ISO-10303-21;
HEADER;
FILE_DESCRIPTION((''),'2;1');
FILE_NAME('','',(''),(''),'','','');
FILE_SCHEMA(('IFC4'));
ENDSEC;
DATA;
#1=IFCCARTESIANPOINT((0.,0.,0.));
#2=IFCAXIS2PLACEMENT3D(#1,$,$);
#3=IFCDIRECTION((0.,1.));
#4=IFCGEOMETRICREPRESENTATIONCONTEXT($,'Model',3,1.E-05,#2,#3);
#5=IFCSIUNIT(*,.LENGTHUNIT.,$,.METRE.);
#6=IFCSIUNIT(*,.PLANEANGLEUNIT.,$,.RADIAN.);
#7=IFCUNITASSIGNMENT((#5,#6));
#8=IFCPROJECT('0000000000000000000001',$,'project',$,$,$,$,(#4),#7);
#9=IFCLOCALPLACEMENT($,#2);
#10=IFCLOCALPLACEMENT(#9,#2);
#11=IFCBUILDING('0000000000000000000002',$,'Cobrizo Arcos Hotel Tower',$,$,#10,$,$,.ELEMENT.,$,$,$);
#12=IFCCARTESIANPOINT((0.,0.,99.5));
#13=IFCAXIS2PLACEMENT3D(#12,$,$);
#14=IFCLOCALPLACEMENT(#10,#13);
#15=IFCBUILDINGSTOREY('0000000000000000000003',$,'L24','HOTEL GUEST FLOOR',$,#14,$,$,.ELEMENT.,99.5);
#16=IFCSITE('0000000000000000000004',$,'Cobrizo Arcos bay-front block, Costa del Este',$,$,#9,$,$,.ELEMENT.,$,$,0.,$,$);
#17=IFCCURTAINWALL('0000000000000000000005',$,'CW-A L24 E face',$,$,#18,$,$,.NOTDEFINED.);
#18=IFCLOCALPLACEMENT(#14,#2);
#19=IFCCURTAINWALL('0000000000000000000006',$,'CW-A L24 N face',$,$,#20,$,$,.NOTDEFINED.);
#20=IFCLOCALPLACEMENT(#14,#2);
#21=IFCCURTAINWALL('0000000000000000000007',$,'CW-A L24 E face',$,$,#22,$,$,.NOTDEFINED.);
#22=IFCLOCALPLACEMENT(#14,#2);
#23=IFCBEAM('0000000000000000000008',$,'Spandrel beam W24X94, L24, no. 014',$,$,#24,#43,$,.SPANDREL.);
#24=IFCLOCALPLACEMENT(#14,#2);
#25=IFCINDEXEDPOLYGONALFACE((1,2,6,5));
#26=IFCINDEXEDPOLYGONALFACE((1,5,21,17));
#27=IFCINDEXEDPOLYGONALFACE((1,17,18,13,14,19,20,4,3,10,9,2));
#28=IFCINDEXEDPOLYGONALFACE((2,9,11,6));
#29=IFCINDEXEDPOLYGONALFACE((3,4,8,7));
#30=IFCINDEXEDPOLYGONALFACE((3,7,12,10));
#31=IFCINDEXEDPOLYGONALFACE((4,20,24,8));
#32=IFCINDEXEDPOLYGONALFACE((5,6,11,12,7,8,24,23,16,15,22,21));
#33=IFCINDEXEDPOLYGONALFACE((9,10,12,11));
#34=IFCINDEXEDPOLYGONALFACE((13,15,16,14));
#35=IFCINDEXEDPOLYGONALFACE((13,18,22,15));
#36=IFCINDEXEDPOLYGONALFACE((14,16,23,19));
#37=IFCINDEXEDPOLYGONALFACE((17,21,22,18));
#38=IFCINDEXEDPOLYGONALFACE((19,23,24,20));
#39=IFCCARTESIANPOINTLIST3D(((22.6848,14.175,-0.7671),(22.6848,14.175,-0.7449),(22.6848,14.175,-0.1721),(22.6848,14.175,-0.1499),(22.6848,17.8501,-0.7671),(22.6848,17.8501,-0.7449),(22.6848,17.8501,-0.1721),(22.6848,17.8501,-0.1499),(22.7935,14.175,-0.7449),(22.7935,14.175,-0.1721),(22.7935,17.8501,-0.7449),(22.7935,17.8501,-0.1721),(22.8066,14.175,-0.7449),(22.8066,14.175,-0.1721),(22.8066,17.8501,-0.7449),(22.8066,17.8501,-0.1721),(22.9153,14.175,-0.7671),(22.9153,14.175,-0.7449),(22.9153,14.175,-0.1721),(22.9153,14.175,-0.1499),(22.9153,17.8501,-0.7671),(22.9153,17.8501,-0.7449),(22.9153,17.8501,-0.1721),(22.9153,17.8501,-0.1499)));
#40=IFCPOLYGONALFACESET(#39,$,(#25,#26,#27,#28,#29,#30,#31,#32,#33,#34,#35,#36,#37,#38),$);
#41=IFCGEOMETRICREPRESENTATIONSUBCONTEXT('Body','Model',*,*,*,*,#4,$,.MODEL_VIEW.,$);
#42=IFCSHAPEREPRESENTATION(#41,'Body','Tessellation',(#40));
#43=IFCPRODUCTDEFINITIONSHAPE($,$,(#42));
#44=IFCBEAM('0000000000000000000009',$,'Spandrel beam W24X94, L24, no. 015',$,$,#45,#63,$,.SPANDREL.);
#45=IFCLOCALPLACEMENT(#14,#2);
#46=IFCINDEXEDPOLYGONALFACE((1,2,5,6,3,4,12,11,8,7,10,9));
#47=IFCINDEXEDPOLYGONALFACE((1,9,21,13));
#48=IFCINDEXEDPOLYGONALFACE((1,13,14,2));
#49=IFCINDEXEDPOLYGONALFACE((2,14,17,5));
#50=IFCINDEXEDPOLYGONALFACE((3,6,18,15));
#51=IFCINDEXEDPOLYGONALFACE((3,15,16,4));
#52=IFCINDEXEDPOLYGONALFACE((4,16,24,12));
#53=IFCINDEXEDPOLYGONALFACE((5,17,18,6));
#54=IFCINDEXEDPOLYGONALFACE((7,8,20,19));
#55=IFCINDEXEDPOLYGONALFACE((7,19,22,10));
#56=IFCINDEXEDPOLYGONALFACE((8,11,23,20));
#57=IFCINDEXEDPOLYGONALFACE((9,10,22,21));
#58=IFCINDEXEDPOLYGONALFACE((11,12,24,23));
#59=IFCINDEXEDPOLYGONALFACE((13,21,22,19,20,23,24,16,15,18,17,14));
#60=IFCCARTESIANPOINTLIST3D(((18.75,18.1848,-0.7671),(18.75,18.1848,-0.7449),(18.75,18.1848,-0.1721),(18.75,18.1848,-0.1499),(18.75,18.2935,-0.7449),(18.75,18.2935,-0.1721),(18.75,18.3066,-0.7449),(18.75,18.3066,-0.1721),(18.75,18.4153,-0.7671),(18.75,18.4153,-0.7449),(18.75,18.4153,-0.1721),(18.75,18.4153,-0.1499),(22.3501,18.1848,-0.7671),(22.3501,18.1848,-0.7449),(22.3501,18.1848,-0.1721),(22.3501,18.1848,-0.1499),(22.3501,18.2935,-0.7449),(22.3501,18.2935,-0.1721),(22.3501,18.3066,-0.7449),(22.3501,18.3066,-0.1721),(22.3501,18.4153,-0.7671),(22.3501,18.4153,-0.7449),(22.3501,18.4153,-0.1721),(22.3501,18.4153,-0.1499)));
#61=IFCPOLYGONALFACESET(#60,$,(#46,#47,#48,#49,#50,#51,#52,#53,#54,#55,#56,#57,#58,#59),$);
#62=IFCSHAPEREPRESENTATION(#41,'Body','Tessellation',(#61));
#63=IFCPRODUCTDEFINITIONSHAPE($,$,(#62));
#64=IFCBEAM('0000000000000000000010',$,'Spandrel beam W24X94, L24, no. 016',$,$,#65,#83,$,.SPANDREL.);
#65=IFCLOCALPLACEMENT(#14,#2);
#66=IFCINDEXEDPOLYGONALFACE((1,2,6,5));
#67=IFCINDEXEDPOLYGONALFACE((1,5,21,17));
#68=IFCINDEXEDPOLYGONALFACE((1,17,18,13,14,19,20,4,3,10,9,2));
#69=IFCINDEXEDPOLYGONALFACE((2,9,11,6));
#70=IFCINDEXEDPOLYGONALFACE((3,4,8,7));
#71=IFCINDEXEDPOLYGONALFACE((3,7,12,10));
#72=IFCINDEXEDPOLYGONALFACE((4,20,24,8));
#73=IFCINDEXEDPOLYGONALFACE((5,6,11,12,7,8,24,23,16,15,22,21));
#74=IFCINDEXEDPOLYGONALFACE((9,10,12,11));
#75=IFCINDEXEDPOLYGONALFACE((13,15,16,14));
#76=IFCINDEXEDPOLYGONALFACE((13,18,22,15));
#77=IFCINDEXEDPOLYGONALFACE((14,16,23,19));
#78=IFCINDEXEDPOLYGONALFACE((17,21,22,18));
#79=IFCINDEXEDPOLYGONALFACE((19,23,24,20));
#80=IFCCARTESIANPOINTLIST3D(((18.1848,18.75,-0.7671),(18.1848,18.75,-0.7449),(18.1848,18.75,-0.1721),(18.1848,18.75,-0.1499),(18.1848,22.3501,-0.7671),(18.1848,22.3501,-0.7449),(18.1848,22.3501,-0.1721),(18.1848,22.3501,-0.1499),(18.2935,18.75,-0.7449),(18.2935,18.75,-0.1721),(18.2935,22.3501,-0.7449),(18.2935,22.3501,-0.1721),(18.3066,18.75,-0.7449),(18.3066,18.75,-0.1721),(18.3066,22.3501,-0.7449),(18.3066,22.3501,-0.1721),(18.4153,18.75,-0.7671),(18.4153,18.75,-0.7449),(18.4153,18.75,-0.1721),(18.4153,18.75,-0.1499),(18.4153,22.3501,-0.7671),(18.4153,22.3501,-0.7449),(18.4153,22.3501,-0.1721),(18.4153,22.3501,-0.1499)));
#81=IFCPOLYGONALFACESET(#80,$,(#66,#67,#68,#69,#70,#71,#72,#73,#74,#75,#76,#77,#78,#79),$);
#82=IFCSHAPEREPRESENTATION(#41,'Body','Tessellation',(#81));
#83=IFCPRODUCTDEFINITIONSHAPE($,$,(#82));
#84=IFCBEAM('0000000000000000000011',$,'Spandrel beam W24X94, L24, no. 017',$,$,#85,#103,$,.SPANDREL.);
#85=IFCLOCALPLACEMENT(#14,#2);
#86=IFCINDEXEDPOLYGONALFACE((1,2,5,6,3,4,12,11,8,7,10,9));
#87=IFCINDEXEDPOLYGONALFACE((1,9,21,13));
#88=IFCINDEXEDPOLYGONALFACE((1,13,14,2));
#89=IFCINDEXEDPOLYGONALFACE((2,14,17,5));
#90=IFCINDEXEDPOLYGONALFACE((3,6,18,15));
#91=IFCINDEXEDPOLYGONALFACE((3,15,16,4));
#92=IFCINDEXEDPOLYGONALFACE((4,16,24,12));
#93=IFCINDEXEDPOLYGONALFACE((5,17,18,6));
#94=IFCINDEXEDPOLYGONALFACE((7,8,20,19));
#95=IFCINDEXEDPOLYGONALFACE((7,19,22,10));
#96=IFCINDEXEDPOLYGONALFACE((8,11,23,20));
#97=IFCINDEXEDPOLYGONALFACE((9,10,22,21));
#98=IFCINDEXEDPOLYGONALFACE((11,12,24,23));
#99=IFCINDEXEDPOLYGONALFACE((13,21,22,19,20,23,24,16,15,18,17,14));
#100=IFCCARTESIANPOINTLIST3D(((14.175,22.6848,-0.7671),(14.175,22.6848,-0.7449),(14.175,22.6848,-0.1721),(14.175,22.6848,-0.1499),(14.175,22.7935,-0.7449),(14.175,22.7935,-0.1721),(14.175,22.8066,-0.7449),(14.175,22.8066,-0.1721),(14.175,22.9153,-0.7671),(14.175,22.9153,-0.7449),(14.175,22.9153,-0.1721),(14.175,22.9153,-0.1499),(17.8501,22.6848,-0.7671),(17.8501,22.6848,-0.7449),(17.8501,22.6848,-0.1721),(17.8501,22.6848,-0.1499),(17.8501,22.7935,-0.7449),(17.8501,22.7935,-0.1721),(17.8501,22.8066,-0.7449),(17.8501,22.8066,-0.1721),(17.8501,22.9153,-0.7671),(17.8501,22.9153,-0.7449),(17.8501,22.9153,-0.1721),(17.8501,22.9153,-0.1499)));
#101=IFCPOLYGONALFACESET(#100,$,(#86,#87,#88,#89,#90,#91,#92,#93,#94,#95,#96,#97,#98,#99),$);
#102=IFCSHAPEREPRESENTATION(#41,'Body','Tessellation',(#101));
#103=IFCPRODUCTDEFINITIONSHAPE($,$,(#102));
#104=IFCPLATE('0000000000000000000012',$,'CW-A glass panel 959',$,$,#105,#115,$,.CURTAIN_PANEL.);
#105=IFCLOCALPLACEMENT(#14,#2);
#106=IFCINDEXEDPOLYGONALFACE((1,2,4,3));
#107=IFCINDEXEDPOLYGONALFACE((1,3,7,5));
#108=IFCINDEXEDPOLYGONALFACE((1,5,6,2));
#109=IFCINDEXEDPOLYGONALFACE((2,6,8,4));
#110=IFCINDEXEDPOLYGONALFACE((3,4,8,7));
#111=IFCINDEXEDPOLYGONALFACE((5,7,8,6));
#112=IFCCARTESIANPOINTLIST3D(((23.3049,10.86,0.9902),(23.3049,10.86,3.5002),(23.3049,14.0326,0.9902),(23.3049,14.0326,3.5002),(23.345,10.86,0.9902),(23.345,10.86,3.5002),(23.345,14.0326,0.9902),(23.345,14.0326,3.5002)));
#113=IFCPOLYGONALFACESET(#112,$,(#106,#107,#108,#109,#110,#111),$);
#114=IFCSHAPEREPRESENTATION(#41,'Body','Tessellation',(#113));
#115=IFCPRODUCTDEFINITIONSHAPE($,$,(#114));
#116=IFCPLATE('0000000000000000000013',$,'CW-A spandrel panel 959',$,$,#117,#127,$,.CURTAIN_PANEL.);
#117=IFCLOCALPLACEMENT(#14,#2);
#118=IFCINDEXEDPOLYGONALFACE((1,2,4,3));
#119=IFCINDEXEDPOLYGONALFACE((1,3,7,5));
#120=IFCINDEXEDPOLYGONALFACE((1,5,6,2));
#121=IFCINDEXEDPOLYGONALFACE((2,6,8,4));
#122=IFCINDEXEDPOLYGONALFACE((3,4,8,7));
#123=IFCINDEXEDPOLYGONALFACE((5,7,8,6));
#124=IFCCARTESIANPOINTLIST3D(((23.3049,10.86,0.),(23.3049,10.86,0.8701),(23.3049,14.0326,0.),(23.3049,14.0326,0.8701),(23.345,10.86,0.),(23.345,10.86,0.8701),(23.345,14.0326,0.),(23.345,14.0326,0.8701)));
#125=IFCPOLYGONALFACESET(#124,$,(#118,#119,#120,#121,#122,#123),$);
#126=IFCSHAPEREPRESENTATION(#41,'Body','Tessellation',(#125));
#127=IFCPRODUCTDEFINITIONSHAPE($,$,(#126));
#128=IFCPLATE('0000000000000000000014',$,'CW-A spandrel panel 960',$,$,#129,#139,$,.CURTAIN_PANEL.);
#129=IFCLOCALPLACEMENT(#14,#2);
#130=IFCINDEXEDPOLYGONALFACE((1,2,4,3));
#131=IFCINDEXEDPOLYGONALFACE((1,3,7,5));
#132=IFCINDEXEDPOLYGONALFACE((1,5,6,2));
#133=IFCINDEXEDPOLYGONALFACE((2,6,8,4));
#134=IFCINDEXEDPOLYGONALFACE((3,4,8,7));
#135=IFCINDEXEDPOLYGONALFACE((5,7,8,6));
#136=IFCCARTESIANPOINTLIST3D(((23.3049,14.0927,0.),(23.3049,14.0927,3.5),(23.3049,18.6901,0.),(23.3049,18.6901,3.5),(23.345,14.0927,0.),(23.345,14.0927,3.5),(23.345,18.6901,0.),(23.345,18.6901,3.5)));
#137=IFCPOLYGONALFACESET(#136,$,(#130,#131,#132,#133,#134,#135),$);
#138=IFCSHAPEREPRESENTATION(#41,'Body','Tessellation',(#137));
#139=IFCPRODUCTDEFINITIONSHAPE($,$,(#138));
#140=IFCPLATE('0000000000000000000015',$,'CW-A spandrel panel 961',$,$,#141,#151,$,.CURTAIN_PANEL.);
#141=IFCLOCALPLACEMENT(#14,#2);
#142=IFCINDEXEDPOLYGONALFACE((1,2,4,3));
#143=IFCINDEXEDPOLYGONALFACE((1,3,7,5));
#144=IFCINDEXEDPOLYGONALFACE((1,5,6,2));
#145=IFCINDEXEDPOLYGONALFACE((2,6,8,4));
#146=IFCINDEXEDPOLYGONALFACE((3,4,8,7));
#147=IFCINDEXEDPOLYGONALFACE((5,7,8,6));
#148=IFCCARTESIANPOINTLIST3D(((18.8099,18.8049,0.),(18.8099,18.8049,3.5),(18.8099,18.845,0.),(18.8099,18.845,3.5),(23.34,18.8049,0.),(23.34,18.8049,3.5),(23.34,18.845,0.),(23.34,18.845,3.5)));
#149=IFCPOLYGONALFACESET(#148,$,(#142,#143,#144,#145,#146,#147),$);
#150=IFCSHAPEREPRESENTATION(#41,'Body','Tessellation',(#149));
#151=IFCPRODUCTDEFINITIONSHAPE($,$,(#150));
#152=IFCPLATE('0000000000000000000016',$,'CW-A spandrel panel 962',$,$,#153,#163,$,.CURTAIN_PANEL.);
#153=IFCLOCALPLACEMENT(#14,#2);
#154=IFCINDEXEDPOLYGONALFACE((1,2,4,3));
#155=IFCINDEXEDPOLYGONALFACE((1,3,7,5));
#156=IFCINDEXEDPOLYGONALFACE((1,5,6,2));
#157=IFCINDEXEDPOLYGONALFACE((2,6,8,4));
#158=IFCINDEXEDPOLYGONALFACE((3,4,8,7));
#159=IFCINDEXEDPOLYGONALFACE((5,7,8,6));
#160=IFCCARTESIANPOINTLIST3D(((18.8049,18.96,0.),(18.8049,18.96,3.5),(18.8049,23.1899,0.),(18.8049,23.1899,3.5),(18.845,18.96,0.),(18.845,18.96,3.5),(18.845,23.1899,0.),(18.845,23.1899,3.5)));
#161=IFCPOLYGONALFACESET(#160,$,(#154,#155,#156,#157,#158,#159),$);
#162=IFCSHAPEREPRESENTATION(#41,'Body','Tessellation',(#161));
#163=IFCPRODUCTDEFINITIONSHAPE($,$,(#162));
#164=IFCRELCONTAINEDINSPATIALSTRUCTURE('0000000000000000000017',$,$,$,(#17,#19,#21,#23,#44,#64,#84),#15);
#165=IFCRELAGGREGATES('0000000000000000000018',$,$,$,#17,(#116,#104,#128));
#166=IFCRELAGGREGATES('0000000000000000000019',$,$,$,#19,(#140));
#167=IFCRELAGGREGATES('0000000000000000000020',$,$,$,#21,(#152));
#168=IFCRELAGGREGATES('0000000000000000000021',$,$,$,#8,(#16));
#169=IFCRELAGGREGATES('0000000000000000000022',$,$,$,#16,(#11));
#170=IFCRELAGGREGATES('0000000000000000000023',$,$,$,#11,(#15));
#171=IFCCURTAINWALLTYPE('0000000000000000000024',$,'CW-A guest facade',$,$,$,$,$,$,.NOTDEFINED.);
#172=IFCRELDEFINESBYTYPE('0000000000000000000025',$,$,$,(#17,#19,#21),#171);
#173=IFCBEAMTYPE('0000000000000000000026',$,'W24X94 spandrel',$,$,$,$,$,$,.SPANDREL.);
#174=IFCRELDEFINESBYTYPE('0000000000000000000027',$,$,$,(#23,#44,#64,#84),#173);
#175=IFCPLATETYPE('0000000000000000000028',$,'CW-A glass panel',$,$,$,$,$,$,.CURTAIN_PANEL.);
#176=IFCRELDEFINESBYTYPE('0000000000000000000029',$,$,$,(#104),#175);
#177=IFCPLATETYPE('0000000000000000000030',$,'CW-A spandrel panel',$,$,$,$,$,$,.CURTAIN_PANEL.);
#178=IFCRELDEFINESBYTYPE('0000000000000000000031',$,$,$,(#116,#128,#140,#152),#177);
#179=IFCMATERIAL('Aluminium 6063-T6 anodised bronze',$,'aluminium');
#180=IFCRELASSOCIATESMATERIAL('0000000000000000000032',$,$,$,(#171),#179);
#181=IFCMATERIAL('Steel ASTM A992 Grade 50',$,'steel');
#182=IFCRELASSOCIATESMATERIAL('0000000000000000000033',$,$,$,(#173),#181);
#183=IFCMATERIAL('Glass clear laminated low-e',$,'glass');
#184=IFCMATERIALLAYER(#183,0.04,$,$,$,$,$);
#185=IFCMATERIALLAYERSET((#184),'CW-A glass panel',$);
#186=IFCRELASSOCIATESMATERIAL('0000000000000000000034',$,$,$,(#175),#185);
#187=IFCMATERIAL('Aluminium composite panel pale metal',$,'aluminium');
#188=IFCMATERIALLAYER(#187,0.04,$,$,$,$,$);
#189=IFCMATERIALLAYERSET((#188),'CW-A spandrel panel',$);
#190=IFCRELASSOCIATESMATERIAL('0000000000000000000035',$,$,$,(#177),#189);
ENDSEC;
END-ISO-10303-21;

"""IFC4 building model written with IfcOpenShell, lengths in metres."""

from ifc_helpers import new_model, si_unit, direction, frame, origin, origin_2d, place, context, subcontext, project, spatial, rectangle, i_section, extrude, material, layer, layer_set, material_profile, profile_set, type_object, element, aggregate, save


model = new_model("IFC4")

# Units and contexts
model_context = context("Model", 3, precision=1e-05, world=origin(), true_north=direction((0.0, 1.0)))
body_context = subcontext(model_context, "Body", "Model", "MODEL_VIEW")
ifc_project = project(units=[si_unit("LENGTHUNIT", "METRE"), si_unit("PLANEANGLEUNIT", "RADIAN")], contexts=[model_context])

# Site, building, storey
site_placement = place(None, origin())
site = spatial("IfcSite", under=ifc_project, at=site_placement, Name="Cobrizo Arcos bay-front block, Costa del Este", CompositionType="ELEMENT", RefElevation=0.0)
building_placement = place(site_placement, origin())
building = spatial("IfcBuilding", under=site, at=building_placement, Name="Cobrizo Arcos Hotel Tower", CompositionType="ELEMENT")
storey_placement = place(building_placement, frame((0.0, 0.0, 99.5)))
storey = spatial("IfcBuildingStorey", under=building, at=storey_placement, Name="L24", Description="HOTEL GUEST FLOOR", CompositionType="ELEMENT", Elevation=99.5)

# Curtain walls
ifc_material_1 = material(Name="Aluminium 6063-T6 anodised bronze", Category="aluminium")
curtain_wall_type = type_object("IfcCurtainWallType", Name="CW-A guest facade", PredefinedType="NOTDEFINED", material=ifc_material_1)
curtain_wall_1_placement = place(storey_placement, origin())
curtain_wall_1 = element("IfcCurtainWall", 1, at=curtain_wall_1_placement, inside=storey, type_object=curtain_wall_type, Name="CW-A L24 E face", PredefinedType="NOTDEFINED")
curtain_wall_2_placement = place(storey_placement, origin())
curtain_wall_2 = element("IfcCurtainWall", 2, at=curtain_wall_2_placement, inside=storey, type_object=curtain_wall_type, Name="CW-A L24 N face", PredefinedType="NOTDEFINED")
curtain_wall_3_placement = place(storey_placement, origin())
curtain_wall_3 = element("IfcCurtainWall", 3, at=curtain_wall_3_placement, inside=storey, type_object=curtain_wall_type, Name="CW-A L24 E face", PredefinedType="NOTDEFINED")

# Beams
ifc_material_2 = material(Name="Steel ASTM A992 Grade 50", Category="steel")
ifc_material_profile_1 = material_profile(ifc_material_2, i_section(OverallWidth=0.2305, OverallDepth=0.6172, WebThickness=0.0132, FlangeThickness=0.0222, at=origin_2d()), Name="W24X94")
ifc_profile_set_1 = profile_set([ifc_material_profile_1], Name="Steel ASTM A992 Grade 50")
beam_type = type_object("IfcBeamType", Name="W24X94 spandrel", PredefinedType="SPANDREL", material=ifc_profile_set_1)
beam_1_placement = place(storey_placement, frame((22.8, 14.175, -0.4585), z_axis=(0.0, 1.0, 0.0), x_axis=(-1.0, 0.0, 0.0)))
element("IfcBeam", 4, at=beam_1_placement, inside=storey, type_object=beam_type, Name="Spandrel beam W24X94, L24, no. 014", PredefinedType="SPANDREL", context=body_context, shape_type="SweptSolid", body=[
    extrude(i_section(OverallWidth=0.2305, OverallDepth=0.6172, WebThickness=0.0132, FlangeThickness=0.0222, at=origin_2d()), origin(), (0.0, 0.0, 1.0), 3.675),
])
for number, where, z_axis, x_axis, name in (
    (5, (22.3501, 18.3, -0.4585), (-1.0, 0.0, 0.0), (0.0, -1.0, 0.0), "Spandrel beam W24X94, L24, no. 015"),
    (6, (18.3, 18.75, -0.4585), (0.0, 1.0, 0.0), (-1.0, 0.0, 0.0), "Spandrel beam W24X94, L24, no. 016"),
):
    element("IfcBeam", number, at=place(storey_placement, frame(where, z_axis=z_axis, x_axis=x_axis)), inside=storey, type_object=beam_type, Name=name, PredefinedType="SPANDREL", context=body_context, shape_type="SweptSolid", body=[
        extrude(i_section(OverallWidth=0.2305, OverallDepth=0.6172, WebThickness=0.0132, FlangeThickness=0.0222, at=origin_2d()), origin(), (0.0, 0.0, 1.0), 3.6001),
    ])
beam_2_placement = place(storey_placement, frame((17.8501, 22.8, -0.4585), z_axis=(-1.0, 0.0, 0.0), x_axis=(0.0, -1.0, 0.0)))
element("IfcBeam", 7, at=beam_2_placement, inside=storey, type_object=beam_type, Name="Spandrel beam W24X94, L24, no. 017", PredefinedType="SPANDREL", context=body_context, shape_type="SweptSolid", body=[
    extrude(i_section(OverallWidth=0.2305, OverallDepth=0.6172, WebThickness=0.0132, FlangeThickness=0.0222, at=origin_2d()), origin(), (0.0, 0.0, 1.0), 3.675),
])

# Plates
ifc_material_3 = material(Name="Glass clear laminated low-e", Category="glass")
ifc_layer_1 = layer(ifc_material_3, 0.04)
ifc_layer_set_1 = layer_set([ifc_layer_1], Name="CW-A glass panel")
plate_type_1 = type_object("IfcPlateType", Name="CW-A glass panel", PredefinedType="CURTAIN_PANEL", material=ifc_layer_set_1)
plate_1_placement = place(storey_placement, frame((23.325, 12.4463, 0.9902), z_axis=(0.0, 0.0, 1.0), x_axis=(0.0, 1.0, 0.0)))
plate_1 = element("IfcPlate", 8, at=plate_1_placement, type_object=plate_type_1, Name="CW-A glass panel 959", PredefinedType="CURTAIN_PANEL", context=body_context, shape_type="SweptSolid", body=[
    extrude(rectangle(XDim=3.1726, YDim=0.04, at=origin_2d()), origin(), (0.0, 0.0, 1.0), 2.51),
])
ifc_material_4 = material(Name="Aluminium composite panel pale metal", Category="aluminium")
ifc_layer_2 = layer(ifc_material_4, 0.04)
ifc_layer_set_2 = layer_set([ifc_layer_2], Name="CW-A spandrel panel")
plate_type_2 = type_object("IfcPlateType", Name="CW-A spandrel panel", PredefinedType="CURTAIN_PANEL", material=ifc_layer_set_2)
plate_2_placement = place(storey_placement, frame((23.325, 12.4463, 0.0), z_axis=(0.0, 0.0, 1.0), x_axis=(0.0, 1.0, 0.0)))
plate_2 = element("IfcPlate", 9, at=plate_2_placement, type_object=plate_type_2, Name="CW-A spandrel panel 959", PredefinedType="CURTAIN_PANEL", context=body_context, shape_type="SweptSolid", body=[
    extrude(rectangle(XDim=3.1726, YDim=0.04, at=origin_2d()), origin(), (0.0, 0.0, 1.0), 0.8701),
])
plate_3_placement = place(storey_placement, frame((23.325, 16.3914, 0.0), z_axis=(0.0, 0.0, 1.0), x_axis=(0.0, 1.0, 0.0)))
plate_3 = element("IfcPlate", 10, at=plate_3_placement, type_object=plate_type_2, Name="CW-A spandrel panel 960", PredefinedType="CURTAIN_PANEL", context=body_context, shape_type="SweptSolid", body=[
    extrude(rectangle(XDim=4.5974, YDim=0.04, at=origin_2d()), origin(), (0.0, 0.0, 1.0), 3.5),
])
aggregate(curtain_wall_1, [plate_2, plate_1, plate_3])
plate_4_placement = place(storey_placement, frame((21.075, 18.825, 0.0), z_axis=(0.0, 0.0, 1.0), x_axis=(-1.0, 0.0, 0.0)))
plate_4 = element("IfcPlate", 11, at=plate_4_placement, type_object=plate_type_2, Name="CW-A spandrel panel 961", PredefinedType="CURTAIN_PANEL", context=body_context, shape_type="SweptSolid", body=[
    extrude(rectangle(XDim=4.53, YDim=0.04, at=origin_2d()), origin(), (0.0, 0.0, 1.0), 3.5),
])
aggregate(curtain_wall_2, [plate_4])
plate_5_placement = place(storey_placement, frame((18.825, 21.075, 0.0), z_axis=(0.0, 0.0, 1.0), x_axis=(0.0, 1.0, 0.0)))
plate_5 = element("IfcPlate", 12, at=plate_5_placement, type_object=plate_type_2, Name="CW-A spandrel panel 962", PredefinedType="CURTAIN_PANEL", context=body_context, shape_type="SweptSolid", body=[
    extrude(rectangle(XDim=4.23, YDim=0.04, at=origin_2d()), origin(), (0.0, 0.0, 1.0), 3.5),
])
aggregate(curtain_wall_3, [plate_5])

save(model, "model.ifc")
